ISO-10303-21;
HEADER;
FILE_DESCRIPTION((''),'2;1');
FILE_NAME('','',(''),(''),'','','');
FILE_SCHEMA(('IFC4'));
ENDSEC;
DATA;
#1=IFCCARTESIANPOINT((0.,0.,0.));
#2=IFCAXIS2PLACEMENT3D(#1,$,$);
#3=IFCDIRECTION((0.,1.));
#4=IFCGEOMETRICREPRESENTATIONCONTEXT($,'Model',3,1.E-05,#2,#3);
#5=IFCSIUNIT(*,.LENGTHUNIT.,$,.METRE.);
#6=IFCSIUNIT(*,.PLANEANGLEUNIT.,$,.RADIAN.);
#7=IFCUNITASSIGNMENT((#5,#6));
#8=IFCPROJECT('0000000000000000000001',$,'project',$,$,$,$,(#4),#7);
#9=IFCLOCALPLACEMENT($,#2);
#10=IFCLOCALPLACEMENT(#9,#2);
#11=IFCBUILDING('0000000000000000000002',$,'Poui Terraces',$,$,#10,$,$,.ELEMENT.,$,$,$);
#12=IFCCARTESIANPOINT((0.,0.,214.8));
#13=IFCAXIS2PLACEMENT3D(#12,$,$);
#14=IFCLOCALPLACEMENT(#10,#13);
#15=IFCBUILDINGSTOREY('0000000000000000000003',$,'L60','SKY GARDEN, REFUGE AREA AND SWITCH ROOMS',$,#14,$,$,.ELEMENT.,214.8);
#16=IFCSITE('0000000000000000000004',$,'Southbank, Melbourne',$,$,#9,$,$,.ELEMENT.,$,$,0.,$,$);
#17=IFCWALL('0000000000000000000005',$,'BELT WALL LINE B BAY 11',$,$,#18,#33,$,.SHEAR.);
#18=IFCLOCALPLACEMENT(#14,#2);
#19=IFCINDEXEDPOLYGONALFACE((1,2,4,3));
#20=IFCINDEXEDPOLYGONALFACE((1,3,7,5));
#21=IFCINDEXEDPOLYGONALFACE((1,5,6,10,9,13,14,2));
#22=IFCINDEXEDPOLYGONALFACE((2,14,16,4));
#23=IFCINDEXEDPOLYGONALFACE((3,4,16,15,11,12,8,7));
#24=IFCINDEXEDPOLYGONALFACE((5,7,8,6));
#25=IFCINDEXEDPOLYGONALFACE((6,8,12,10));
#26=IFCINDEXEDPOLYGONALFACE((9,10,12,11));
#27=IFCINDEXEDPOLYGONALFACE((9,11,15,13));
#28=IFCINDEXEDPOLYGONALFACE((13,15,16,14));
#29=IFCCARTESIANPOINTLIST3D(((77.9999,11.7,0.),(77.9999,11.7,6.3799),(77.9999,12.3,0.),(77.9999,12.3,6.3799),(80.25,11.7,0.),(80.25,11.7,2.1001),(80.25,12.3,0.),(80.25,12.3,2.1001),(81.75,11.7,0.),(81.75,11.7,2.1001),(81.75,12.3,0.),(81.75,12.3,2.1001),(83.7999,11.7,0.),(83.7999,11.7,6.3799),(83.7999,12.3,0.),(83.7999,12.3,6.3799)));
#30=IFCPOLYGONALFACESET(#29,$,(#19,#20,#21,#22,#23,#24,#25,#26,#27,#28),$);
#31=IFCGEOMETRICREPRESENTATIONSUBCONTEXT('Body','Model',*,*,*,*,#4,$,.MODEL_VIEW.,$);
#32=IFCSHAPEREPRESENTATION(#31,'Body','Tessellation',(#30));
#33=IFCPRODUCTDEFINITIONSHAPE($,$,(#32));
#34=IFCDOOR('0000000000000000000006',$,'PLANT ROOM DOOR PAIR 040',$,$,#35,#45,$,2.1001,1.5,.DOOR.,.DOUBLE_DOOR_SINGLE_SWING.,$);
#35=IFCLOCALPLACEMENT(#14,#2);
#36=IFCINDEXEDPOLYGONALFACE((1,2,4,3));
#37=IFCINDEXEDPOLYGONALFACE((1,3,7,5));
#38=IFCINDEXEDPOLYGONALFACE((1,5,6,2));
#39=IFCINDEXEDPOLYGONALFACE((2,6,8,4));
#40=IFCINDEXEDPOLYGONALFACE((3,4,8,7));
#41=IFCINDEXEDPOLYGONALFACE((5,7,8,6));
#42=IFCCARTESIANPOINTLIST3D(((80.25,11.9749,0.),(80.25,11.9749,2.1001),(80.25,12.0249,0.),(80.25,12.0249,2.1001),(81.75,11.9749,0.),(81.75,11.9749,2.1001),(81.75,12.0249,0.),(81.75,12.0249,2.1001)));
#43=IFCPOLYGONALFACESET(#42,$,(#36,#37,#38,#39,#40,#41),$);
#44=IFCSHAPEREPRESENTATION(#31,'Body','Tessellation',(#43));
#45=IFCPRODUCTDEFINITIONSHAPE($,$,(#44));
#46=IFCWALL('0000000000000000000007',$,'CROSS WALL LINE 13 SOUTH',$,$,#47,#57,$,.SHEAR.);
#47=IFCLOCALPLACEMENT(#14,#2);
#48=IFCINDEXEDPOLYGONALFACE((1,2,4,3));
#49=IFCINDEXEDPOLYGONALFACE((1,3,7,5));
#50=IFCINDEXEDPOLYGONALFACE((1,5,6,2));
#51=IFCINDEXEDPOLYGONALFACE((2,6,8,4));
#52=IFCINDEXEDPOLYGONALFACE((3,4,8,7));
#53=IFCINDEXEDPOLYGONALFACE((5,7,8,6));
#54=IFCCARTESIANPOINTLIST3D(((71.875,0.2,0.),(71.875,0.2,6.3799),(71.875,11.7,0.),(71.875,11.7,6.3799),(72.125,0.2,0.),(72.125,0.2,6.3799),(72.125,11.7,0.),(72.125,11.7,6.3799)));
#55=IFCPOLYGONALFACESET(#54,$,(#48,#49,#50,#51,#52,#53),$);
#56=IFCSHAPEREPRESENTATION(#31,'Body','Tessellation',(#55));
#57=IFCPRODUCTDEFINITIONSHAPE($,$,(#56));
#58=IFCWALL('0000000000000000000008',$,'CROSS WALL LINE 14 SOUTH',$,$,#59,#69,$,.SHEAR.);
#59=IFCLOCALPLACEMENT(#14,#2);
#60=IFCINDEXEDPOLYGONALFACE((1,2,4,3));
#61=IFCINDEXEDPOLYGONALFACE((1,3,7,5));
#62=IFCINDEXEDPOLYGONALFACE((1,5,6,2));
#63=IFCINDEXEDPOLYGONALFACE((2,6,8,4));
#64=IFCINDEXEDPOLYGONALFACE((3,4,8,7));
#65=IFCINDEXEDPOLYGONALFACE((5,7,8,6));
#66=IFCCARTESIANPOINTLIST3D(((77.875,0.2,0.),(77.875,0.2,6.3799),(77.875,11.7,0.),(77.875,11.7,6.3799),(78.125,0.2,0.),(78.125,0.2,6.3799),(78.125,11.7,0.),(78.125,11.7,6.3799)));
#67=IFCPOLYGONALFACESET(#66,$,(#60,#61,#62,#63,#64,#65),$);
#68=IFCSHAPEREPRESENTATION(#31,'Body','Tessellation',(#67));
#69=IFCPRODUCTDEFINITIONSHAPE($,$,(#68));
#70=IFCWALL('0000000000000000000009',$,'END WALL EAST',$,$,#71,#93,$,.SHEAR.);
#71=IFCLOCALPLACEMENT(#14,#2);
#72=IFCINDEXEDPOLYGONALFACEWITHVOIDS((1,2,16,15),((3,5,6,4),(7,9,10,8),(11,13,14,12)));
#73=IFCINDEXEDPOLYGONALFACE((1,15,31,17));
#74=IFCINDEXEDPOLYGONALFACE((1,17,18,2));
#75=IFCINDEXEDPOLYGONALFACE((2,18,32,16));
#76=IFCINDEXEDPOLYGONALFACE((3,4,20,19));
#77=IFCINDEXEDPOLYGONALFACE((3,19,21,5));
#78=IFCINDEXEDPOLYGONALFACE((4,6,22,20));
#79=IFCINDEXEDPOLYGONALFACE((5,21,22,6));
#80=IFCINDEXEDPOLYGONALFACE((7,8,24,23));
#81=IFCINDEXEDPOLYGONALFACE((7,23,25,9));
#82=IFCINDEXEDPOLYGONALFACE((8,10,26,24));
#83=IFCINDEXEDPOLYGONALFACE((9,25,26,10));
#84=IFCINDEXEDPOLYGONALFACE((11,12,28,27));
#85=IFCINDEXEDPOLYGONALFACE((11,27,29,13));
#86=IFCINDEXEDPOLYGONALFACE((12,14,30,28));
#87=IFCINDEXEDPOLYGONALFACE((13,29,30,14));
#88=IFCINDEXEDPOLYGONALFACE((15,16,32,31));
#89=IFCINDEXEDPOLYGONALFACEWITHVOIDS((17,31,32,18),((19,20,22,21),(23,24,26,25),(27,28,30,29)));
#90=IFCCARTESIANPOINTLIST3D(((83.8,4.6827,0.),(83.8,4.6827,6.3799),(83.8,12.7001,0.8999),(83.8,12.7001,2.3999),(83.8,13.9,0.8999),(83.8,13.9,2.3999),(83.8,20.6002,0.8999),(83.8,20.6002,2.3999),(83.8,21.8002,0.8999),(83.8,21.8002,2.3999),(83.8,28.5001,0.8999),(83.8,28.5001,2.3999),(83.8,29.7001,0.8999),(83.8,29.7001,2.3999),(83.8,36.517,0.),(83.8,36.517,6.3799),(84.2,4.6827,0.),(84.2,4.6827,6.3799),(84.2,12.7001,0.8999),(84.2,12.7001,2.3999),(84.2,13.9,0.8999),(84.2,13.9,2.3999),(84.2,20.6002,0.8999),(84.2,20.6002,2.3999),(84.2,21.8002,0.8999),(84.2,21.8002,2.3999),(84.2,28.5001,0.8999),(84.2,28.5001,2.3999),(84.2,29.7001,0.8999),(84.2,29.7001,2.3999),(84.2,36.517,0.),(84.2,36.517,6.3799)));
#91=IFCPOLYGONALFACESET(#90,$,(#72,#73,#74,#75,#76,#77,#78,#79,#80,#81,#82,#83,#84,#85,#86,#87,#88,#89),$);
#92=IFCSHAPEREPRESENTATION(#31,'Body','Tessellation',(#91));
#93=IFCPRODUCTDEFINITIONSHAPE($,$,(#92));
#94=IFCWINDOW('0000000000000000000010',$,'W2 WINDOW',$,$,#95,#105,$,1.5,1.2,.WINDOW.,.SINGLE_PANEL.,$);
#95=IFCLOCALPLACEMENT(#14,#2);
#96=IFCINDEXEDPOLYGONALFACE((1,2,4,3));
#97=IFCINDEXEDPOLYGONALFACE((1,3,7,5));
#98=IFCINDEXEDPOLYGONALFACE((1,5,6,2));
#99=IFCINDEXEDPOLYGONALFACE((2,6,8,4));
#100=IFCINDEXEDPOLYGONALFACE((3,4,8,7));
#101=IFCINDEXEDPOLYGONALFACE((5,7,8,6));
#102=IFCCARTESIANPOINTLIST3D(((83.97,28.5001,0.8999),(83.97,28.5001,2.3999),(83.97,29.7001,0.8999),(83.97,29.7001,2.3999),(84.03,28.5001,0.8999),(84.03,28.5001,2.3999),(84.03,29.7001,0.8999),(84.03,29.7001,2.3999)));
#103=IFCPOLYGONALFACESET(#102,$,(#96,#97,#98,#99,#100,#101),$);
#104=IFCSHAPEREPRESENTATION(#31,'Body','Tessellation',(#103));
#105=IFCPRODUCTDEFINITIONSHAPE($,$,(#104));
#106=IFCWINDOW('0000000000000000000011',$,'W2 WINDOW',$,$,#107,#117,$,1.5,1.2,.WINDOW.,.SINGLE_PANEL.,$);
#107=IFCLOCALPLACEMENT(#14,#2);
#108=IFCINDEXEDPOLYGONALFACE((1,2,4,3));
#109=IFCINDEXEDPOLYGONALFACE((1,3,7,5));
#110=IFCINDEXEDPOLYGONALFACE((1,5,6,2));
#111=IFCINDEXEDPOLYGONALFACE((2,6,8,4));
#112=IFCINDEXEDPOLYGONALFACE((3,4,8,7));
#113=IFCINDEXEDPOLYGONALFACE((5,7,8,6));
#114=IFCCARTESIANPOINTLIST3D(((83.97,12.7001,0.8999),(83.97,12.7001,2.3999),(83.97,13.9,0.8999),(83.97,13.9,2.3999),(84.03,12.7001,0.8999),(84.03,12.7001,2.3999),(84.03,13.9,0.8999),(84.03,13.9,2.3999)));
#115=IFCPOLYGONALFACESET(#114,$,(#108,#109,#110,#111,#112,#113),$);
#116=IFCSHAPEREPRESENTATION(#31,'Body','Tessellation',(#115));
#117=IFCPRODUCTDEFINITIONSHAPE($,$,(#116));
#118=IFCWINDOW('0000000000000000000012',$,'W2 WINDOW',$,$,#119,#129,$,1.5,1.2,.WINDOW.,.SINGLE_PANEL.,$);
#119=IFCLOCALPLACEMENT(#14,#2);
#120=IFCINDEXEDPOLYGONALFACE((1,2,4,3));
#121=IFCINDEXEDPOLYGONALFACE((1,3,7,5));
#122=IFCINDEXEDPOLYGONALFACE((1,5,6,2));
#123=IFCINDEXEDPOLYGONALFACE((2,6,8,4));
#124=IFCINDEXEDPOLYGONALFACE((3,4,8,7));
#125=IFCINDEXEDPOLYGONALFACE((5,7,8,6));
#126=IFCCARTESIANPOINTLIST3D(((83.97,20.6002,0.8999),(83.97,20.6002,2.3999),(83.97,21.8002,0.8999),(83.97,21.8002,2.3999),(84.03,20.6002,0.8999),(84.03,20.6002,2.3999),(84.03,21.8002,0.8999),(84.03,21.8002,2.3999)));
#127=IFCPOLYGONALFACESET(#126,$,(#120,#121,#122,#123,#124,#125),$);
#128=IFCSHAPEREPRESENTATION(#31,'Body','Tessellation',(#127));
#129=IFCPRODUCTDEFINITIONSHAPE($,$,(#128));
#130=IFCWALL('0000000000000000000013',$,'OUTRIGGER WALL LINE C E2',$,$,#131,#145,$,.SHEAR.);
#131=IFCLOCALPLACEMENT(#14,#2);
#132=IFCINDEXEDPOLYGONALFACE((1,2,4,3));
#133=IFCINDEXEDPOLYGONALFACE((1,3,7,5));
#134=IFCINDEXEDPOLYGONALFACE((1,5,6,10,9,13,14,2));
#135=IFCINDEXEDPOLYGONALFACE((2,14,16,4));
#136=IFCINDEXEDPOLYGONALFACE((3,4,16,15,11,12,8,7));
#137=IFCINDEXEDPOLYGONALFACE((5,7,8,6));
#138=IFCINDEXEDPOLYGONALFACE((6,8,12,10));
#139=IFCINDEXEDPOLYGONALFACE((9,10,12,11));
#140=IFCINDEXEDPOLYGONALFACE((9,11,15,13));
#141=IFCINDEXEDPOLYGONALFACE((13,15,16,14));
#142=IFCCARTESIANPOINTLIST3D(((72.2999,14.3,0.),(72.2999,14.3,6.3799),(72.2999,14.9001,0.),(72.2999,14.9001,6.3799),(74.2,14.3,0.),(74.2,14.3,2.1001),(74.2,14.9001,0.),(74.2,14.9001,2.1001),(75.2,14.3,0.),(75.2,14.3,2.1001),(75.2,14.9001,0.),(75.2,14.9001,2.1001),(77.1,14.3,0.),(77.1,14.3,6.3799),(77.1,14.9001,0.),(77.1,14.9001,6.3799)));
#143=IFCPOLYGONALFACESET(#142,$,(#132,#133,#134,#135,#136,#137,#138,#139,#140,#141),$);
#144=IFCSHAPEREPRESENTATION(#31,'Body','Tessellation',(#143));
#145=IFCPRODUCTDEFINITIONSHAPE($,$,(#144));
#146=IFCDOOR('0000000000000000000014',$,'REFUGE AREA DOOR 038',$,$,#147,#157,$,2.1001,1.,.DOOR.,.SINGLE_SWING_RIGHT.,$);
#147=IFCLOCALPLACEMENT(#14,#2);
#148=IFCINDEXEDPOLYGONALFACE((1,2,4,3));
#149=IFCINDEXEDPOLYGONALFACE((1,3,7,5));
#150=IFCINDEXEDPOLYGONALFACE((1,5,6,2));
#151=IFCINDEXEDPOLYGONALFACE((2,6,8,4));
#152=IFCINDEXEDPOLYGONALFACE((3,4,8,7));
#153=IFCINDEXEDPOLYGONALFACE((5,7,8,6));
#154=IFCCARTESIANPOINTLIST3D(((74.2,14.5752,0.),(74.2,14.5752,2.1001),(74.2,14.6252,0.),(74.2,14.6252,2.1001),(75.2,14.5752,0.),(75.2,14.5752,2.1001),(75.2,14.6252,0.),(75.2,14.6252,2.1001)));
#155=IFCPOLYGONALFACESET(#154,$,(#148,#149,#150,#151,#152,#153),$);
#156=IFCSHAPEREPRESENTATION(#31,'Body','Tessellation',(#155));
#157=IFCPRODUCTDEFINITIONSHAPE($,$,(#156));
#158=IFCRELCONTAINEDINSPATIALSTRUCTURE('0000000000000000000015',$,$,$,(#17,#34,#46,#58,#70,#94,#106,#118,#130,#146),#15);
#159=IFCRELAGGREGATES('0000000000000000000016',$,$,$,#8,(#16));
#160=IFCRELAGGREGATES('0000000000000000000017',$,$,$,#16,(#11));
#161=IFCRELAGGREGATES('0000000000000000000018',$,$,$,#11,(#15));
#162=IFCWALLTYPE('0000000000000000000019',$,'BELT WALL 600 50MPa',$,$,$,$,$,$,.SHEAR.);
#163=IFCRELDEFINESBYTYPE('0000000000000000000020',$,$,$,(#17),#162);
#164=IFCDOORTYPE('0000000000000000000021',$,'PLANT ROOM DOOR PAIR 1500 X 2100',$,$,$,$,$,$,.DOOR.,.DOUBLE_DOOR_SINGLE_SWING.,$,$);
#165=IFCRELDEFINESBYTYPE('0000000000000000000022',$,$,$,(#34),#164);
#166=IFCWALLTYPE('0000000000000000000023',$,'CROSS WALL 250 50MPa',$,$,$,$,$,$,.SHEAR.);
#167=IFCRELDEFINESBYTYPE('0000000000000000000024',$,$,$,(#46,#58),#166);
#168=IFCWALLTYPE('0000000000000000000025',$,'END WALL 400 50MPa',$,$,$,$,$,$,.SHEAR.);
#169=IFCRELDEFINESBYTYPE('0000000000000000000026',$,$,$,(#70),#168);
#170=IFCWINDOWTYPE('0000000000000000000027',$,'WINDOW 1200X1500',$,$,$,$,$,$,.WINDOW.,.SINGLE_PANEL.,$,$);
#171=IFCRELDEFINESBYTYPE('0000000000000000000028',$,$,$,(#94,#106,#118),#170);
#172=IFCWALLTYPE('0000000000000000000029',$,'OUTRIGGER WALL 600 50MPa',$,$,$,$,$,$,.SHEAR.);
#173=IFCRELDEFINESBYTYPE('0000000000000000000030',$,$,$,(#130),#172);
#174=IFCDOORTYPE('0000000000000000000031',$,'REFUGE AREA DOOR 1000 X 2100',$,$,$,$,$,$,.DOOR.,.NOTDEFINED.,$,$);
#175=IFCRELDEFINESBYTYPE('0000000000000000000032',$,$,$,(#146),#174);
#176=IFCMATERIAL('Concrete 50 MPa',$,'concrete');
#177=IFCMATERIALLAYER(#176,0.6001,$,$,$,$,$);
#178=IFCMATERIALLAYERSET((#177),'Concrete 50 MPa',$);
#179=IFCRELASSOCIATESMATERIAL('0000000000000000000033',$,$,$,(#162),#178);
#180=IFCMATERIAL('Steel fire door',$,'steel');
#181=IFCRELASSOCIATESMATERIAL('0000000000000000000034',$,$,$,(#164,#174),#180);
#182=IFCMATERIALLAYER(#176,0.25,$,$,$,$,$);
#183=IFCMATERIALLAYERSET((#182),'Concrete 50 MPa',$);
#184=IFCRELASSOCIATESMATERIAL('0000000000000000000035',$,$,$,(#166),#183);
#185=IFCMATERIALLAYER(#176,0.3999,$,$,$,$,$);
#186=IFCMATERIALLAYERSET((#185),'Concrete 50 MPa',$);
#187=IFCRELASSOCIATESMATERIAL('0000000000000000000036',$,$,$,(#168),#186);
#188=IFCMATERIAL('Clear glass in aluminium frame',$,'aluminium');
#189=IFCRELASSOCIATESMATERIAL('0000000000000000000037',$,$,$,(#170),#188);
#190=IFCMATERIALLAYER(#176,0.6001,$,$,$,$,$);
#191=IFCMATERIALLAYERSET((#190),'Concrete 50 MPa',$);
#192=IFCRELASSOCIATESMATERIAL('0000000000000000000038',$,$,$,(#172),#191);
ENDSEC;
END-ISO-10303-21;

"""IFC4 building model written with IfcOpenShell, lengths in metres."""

from ifc_helpers import new_model, si_unit, direction, frame, frame_2d, origin, place, context, subcontext, project, spatial, rectangle, extrude, material, layer, layer_set, type_object, element, fill, save


model = new_model("IFC4")

# Units and contexts
model_context = context("Model", 3, precision=1e-05, world=origin(), true_north=direction((0.0, 1.0)))
body_context = subcontext(model_context, "Body", "Model", "MODEL_VIEW")
ifc_project = project(units=[si_unit("LENGTHUNIT", "METRE"), si_unit("PLANEANGLEUNIT", "RADIAN")], contexts=[model_context])

# Site, building, storey
site_placement = place(None, origin())
site = spatial("IfcSite", under=ifc_project, at=site_placement, Name="Southbank, Melbourne", CompositionType="ELEMENT", RefElevation=0.0)
building_placement = place(site_placement, origin())
building = spatial("IfcBuilding", under=site, at=building_placement, Name="Poui Terraces", CompositionType="ELEMENT")
storey_placement = place(building_placement, frame((0.0, 0.0, 214.8)))
storey = spatial("IfcBuildingStorey", under=building, at=storey_placement, Name="L60", Description="SKY GARDEN, REFUGE AREA AND SWITCH ROOMS", CompositionType="ELEMENT", Elevation=214.8)

# Wall, opening, door
ifc_material_1 = material(Name="Concrete 50 MPa", Category="concrete")
ifc_layer_1 = layer(ifc_material_1, 0.6001)
ifc_layer_set_1 = layer_set([ifc_layer_1], Name="Concrete 50 MPa")
wall_type_1 = type_object("IfcWallType", Name="BELT WALL 600 50MPa", PredefinedType="SHEAR", material=ifc_layer_set_1)
ifc_material_2 = material(Name="Steel fire door", Category="steel")
door_type_1 = type_object("IfcDoorType", Name="PLANT ROOM DOOR PAIR 1500 X 2100", OperationType="DOUBLE_DOOR_SINGLE_SWING", PredefinedType="DOOR", material=ifc_material_2)
wall_1_placement = place(storey_placement, frame((78.0, 12.0, 0.0), z_axis=(0.0, 0.0, 1.0), x_axis=(1.0, 0.0, 0.0)))
wall_1 = element("IfcWall", 1, at=wall_1_placement, inside=storey, type_object=wall_type_1, Name="BELT WALL LINE B BAY 11", PredefinedType="SHEAR", context=body_context, shape_type="SweptSolid", body=[
    extrude(rectangle(XDim=5.8, YDim=0.6001, at=frame_2d((2.8999, 0.0))), origin(), (0.0, 0.0, 1.0), 6.3799),
])
opening_1_placement = place(wall_1_placement, frame((2.25, 0.0, 0.0)))
opening_1 = element("IfcOpeningElement", 2, at=opening_1_placement, cuts=wall_1, PredefinedType="OPENING", context=body_context, shape_type="SweptSolid", body=[
    extrude(rectangle(XDim=1.5, YDim=2.1001, at=frame_2d((0.75, 1.05))), frame((0.0, 0.3101, 0.0), z_axis=(0.0, -1.0, 0.0), x_axis=(1.0, 0.0, 0.0)), (0.0, 0.0, 1.0), 0.6201),
])
door_1_placement = place(opening_1_placement, origin())
door_1 = element("IfcDoor", 3, at=door_1_placement, inside=storey, type_object=door_type_1, Name="PLANT ROOM DOOR PAIR 040", OperationType="DOUBLE_DOOR_SINGLE_SWING", OverallHeight=2.1001, OverallWidth=1.5, PredefinedType="DOOR", context=body_context, shape_type="SweptSolid", body=[
    extrude(rectangle(XDim=1.5, YDim=2.1001, at=frame_2d((0.75, 1.05))), frame((0.0, 0.0249, 0.0), z_axis=(0.0, -1.0, 0.0), x_axis=(1.0, 0.0, 0.0)), (0.0, 0.0, 1.0), 0.05),
])
fill(opening_1, door_1)

# Walls
ifc_layer_2 = layer(ifc_material_1, 0.25)
ifc_layer_set_2 = layer_set([ifc_layer_2], Name="Concrete 50 MPa")
wall_type_2 = type_object("IfcWallType", Name="CROSS WALL 250 50MPa", PredefinedType="SHEAR", material=ifc_layer_set_2)
for number, where, z_axis, x_axis, name in (
    (4, (72.0, 0.2, 0.0), (0.0, 0.0, 1.0), (0.0, 1.0, 0.0), "CROSS WALL LINE 13 SOUTH"),
    (5, (78.0, 0.2, 0.0), (0.0, 0.0, 1.0), (0.0, 1.0, 0.0), "CROSS WALL LINE 14 SOUTH"),
):
    element("IfcWall", number, at=place(storey_placement, frame(where, z_axis=z_axis, x_axis=x_axis)), inside=storey, type_object=wall_type_2, Name=name, PredefinedType="SHEAR", context=body_context, shape_type="SweptSolid", body=[
        extrude(rectangle(XDim=11.5, YDim=0.25, at=frame_2d((5.75, 0.0))), origin(), (0.0, 0.0, 1.0), 6.3799),
    ])

# Wall, openings, windows
ifc_layer_3 = layer(ifc_material_1, 0.3999)
ifc_layer_set_3 = layer_set([ifc_layer_3], Name="Concrete 50 MPa")
wall_type_3 = type_object("IfcWallType", Name="END WALL 400 50MPa", PredefinedType="SHEAR", material=ifc_layer_set_3)
wall_2_placement = place(storey_placement, frame((84.0, 4.6829, 0.0), z_axis=(0.0, 0.0, 1.0), x_axis=(0.0, 1.0, 0.0)))
wall_2 = element("IfcWall", 6, at=wall_2_placement, inside=storey, type_object=wall_type_3, Name="END WALL EAST", PredefinedType="SHEAR", context=body_context, shape_type="SweptSolid", body=[
    extrude(rectangle(XDim=31.8342, YDim=0.3999, at=frame_2d((15.917, 0.0))), origin(), (0.0, 0.0, 1.0), 6.3799),
])
opening_2_placement = place(wall_2_placement, frame((23.8171, 0.0, 0.8999)))
opening_2 = element("IfcOpeningElement", 7, at=opening_2_placement, cuts=wall_2, PredefinedType="OPENING", context=body_context, shape_type="SweptSolid", body=[
    extrude(rectangle(XDim=1.2, YDim=1.5, at=frame_2d((0.6001, 0.75))), frame((0.0, 0.21, 0.0), z_axis=(0.0, -1.0, 0.0), x_axis=(1.0, 0.0, 0.0)), (0.0, 0.0, 1.0), 0.4199),
])
opening_3_placement = place(wall_2_placement, frame((8.0171, 0.0, 0.8999)))
opening_3 = element("IfcOpeningElement", 8, at=opening_3_placement, cuts=wall_2, PredefinedType="OPENING", context=body_context, shape_type="SweptSolid", body=[
    extrude(rectangle(XDim=1.2, YDim=1.5, at=frame_2d((0.6001, 0.75))), frame((0.0, 0.21, 0.0), z_axis=(0.0, -1.0, 0.0), x_axis=(1.0, 0.0, 0.0)), (0.0, 0.0, 1.0), 0.4199),
])
opening_4_placement = place(wall_2_placement, frame((15.9172, 0.0, 0.8999)))
opening_4 = element("IfcOpeningElement", 9, at=opening_4_placement, cuts=wall_2, PredefinedType="OPENING", context=body_context, shape_type="SweptSolid", body=[
    extrude(rectangle(XDim=1.2, YDim=1.5, at=frame_2d((0.6001, 0.75))), frame((0.0, 0.21, 0.0), z_axis=(0.0, -1.0, 0.0), x_axis=(1.0, 0.0, 0.0)), (0.0, 0.0, 1.0), 0.4199),
])
ifc_material_3 = material(Name="Clear glass in aluminium frame", Category="aluminium")
window_type = type_object("IfcWindowType", Name="WINDOW 1200X1500", PartitioningType="SINGLE_PANEL", PredefinedType="WINDOW", material=ifc_material_3)
window_1_placement = place(opening_2_placement, origin())
window_1 = element("IfcWindow", 10, at=window_1_placement, inside=storey, type_object=window_type, Name="W2 WINDOW", OverallHeight=1.5, OverallWidth=1.2, PartitioningType="SINGLE_PANEL", PredefinedType="WINDOW", context=body_context, shape_type="SweptSolid", body=[
    extrude(rectangle(XDim=1.2, YDim=1.5, at=frame_2d((0.6001, 0.75))), frame((0.0, 0.03, 0.0), z_axis=(0.0, -1.0, 0.0), x_axis=(1.0, 0.0, 0.0)), (0.0, 0.0, 1.0), 0.0601),
])
fill(opening_2, window_1)
window_2_placement = place(opening_3_placement, origin())
window_2 = element("IfcWindow", 11, at=window_2_placement, inside=storey, type_object=window_type, Name="W2 WINDOW", OverallHeight=1.5, OverallWidth=1.2, PartitioningType="SINGLE_PANEL", PredefinedType="WINDOW", context=body_context, shape_type="SweptSolid", body=[
    extrude(rectangle(XDim=1.2, YDim=1.5, at=frame_2d((0.6001, 0.75))), frame((0.0, 0.03, 0.0), z_axis=(0.0, -1.0, 0.0), x_axis=(1.0, 0.0, 0.0)), (0.0, 0.0, 1.0), 0.0601),
])
fill(opening_3, window_2)
window_3_placement = place(opening_4_placement, origin())
window_3 = element("IfcWindow", 12, at=window_3_placement, inside=storey, type_object=window_type, Name="W2 WINDOW", OverallHeight=1.5, OverallWidth=1.2, PartitioningType="SINGLE_PANEL", PredefinedType="WINDOW", context=body_context, shape_type="SweptSolid", body=[
    extrude(rectangle(XDim=1.2, YDim=1.5, at=frame_2d((0.6001, 0.75))), frame((0.0, 0.03, 0.0), z_axis=(0.0, -1.0, 0.0), x_axis=(1.0, 0.0, 0.0)), (0.0, 0.0, 1.0), 0.0601),
])
fill(opening_4, window_3)

# Wall, opening, door
ifc_layer_4 = layer(ifc_material_1, 0.6001)
ifc_layer_set_4 = layer_set([ifc_layer_4], Name="Concrete 50 MPa")
wall_type_4 = type_object("IfcWallType", Name="OUTRIGGER WALL 600 50MPa", PredefinedType="SHEAR", material=ifc_layer_set_4)
wall_3_placement = place(storey_placement, frame((72.3, 14.6001, 0.0), z_axis=(0.0, 0.0, 1.0), x_axis=(1.0, 0.0, 0.0)))
wall_3 = element("IfcWall", 13, at=wall_3_placement, inside=storey, type_object=wall_type_4, Name="OUTRIGGER WALL LINE C E2", PredefinedType="SHEAR", context=body_context, shape_type="SweptSolid", body=[
    extrude(rectangle(XDim=4.8, YDim=0.6001, at=frame_2d((2.3999, 0.0))), origin(), (0.0, 0.0, 1.0), 6.3799),
])
opening_5_placement = place(wall_3_placement, frame((1.8999, 0.0, 0.0)))
opening_5 = element("IfcOpeningElement", 14, at=opening_5_placement, cuts=wall_3, PredefinedType="OPENING", context=body_context, shape_type="SweptSolid", body=[
    extrude(rectangle(XDim=1.0, YDim=2.1001, at=frame_2d((0.5, 1.05))), frame((0.0, 0.3101, 0.0), z_axis=(0.0, -1.0, 0.0), x_axis=(1.0, 0.0, 0.0)), (0.0, 0.0, 1.0), 0.6201),
])
door_type_2 = type_object("IfcDoorType", Name="REFUGE AREA DOOR 1000 X 2100", OperationType="NOTDEFINED", PredefinedType="DOOR", material=ifc_material_2)
door_2_placement = place(opening_5_placement, frame((1.0, 0.0, 0.0), z_axis=(0.0, 0.0, 1.0), x_axis=(-1.0, 0.0, 0.0)))
door_2 = element("IfcDoor", 15, at=door_2_placement, inside=storey, type_object=door_type_2, Name="REFUGE AREA DOOR 038", OperationType="SINGLE_SWING_RIGHT", OverallHeight=2.1001, OverallWidth=1.0, PredefinedType="DOOR", context=body_context, shape_type="SweptSolid", body=[
    extrude(rectangle(XDim=1.0, YDim=2.1001, at=frame_2d((0.5, 1.05))), frame((0.0, 0.0249, 0.0), z_axis=(0.0, -1.0, 0.0), x_axis=(1.0, 0.0, 0.0)), (0.0, 0.0, 1.0), 0.05),
])
fill(opening_5, door_2)

save(model, "model.ifc")
